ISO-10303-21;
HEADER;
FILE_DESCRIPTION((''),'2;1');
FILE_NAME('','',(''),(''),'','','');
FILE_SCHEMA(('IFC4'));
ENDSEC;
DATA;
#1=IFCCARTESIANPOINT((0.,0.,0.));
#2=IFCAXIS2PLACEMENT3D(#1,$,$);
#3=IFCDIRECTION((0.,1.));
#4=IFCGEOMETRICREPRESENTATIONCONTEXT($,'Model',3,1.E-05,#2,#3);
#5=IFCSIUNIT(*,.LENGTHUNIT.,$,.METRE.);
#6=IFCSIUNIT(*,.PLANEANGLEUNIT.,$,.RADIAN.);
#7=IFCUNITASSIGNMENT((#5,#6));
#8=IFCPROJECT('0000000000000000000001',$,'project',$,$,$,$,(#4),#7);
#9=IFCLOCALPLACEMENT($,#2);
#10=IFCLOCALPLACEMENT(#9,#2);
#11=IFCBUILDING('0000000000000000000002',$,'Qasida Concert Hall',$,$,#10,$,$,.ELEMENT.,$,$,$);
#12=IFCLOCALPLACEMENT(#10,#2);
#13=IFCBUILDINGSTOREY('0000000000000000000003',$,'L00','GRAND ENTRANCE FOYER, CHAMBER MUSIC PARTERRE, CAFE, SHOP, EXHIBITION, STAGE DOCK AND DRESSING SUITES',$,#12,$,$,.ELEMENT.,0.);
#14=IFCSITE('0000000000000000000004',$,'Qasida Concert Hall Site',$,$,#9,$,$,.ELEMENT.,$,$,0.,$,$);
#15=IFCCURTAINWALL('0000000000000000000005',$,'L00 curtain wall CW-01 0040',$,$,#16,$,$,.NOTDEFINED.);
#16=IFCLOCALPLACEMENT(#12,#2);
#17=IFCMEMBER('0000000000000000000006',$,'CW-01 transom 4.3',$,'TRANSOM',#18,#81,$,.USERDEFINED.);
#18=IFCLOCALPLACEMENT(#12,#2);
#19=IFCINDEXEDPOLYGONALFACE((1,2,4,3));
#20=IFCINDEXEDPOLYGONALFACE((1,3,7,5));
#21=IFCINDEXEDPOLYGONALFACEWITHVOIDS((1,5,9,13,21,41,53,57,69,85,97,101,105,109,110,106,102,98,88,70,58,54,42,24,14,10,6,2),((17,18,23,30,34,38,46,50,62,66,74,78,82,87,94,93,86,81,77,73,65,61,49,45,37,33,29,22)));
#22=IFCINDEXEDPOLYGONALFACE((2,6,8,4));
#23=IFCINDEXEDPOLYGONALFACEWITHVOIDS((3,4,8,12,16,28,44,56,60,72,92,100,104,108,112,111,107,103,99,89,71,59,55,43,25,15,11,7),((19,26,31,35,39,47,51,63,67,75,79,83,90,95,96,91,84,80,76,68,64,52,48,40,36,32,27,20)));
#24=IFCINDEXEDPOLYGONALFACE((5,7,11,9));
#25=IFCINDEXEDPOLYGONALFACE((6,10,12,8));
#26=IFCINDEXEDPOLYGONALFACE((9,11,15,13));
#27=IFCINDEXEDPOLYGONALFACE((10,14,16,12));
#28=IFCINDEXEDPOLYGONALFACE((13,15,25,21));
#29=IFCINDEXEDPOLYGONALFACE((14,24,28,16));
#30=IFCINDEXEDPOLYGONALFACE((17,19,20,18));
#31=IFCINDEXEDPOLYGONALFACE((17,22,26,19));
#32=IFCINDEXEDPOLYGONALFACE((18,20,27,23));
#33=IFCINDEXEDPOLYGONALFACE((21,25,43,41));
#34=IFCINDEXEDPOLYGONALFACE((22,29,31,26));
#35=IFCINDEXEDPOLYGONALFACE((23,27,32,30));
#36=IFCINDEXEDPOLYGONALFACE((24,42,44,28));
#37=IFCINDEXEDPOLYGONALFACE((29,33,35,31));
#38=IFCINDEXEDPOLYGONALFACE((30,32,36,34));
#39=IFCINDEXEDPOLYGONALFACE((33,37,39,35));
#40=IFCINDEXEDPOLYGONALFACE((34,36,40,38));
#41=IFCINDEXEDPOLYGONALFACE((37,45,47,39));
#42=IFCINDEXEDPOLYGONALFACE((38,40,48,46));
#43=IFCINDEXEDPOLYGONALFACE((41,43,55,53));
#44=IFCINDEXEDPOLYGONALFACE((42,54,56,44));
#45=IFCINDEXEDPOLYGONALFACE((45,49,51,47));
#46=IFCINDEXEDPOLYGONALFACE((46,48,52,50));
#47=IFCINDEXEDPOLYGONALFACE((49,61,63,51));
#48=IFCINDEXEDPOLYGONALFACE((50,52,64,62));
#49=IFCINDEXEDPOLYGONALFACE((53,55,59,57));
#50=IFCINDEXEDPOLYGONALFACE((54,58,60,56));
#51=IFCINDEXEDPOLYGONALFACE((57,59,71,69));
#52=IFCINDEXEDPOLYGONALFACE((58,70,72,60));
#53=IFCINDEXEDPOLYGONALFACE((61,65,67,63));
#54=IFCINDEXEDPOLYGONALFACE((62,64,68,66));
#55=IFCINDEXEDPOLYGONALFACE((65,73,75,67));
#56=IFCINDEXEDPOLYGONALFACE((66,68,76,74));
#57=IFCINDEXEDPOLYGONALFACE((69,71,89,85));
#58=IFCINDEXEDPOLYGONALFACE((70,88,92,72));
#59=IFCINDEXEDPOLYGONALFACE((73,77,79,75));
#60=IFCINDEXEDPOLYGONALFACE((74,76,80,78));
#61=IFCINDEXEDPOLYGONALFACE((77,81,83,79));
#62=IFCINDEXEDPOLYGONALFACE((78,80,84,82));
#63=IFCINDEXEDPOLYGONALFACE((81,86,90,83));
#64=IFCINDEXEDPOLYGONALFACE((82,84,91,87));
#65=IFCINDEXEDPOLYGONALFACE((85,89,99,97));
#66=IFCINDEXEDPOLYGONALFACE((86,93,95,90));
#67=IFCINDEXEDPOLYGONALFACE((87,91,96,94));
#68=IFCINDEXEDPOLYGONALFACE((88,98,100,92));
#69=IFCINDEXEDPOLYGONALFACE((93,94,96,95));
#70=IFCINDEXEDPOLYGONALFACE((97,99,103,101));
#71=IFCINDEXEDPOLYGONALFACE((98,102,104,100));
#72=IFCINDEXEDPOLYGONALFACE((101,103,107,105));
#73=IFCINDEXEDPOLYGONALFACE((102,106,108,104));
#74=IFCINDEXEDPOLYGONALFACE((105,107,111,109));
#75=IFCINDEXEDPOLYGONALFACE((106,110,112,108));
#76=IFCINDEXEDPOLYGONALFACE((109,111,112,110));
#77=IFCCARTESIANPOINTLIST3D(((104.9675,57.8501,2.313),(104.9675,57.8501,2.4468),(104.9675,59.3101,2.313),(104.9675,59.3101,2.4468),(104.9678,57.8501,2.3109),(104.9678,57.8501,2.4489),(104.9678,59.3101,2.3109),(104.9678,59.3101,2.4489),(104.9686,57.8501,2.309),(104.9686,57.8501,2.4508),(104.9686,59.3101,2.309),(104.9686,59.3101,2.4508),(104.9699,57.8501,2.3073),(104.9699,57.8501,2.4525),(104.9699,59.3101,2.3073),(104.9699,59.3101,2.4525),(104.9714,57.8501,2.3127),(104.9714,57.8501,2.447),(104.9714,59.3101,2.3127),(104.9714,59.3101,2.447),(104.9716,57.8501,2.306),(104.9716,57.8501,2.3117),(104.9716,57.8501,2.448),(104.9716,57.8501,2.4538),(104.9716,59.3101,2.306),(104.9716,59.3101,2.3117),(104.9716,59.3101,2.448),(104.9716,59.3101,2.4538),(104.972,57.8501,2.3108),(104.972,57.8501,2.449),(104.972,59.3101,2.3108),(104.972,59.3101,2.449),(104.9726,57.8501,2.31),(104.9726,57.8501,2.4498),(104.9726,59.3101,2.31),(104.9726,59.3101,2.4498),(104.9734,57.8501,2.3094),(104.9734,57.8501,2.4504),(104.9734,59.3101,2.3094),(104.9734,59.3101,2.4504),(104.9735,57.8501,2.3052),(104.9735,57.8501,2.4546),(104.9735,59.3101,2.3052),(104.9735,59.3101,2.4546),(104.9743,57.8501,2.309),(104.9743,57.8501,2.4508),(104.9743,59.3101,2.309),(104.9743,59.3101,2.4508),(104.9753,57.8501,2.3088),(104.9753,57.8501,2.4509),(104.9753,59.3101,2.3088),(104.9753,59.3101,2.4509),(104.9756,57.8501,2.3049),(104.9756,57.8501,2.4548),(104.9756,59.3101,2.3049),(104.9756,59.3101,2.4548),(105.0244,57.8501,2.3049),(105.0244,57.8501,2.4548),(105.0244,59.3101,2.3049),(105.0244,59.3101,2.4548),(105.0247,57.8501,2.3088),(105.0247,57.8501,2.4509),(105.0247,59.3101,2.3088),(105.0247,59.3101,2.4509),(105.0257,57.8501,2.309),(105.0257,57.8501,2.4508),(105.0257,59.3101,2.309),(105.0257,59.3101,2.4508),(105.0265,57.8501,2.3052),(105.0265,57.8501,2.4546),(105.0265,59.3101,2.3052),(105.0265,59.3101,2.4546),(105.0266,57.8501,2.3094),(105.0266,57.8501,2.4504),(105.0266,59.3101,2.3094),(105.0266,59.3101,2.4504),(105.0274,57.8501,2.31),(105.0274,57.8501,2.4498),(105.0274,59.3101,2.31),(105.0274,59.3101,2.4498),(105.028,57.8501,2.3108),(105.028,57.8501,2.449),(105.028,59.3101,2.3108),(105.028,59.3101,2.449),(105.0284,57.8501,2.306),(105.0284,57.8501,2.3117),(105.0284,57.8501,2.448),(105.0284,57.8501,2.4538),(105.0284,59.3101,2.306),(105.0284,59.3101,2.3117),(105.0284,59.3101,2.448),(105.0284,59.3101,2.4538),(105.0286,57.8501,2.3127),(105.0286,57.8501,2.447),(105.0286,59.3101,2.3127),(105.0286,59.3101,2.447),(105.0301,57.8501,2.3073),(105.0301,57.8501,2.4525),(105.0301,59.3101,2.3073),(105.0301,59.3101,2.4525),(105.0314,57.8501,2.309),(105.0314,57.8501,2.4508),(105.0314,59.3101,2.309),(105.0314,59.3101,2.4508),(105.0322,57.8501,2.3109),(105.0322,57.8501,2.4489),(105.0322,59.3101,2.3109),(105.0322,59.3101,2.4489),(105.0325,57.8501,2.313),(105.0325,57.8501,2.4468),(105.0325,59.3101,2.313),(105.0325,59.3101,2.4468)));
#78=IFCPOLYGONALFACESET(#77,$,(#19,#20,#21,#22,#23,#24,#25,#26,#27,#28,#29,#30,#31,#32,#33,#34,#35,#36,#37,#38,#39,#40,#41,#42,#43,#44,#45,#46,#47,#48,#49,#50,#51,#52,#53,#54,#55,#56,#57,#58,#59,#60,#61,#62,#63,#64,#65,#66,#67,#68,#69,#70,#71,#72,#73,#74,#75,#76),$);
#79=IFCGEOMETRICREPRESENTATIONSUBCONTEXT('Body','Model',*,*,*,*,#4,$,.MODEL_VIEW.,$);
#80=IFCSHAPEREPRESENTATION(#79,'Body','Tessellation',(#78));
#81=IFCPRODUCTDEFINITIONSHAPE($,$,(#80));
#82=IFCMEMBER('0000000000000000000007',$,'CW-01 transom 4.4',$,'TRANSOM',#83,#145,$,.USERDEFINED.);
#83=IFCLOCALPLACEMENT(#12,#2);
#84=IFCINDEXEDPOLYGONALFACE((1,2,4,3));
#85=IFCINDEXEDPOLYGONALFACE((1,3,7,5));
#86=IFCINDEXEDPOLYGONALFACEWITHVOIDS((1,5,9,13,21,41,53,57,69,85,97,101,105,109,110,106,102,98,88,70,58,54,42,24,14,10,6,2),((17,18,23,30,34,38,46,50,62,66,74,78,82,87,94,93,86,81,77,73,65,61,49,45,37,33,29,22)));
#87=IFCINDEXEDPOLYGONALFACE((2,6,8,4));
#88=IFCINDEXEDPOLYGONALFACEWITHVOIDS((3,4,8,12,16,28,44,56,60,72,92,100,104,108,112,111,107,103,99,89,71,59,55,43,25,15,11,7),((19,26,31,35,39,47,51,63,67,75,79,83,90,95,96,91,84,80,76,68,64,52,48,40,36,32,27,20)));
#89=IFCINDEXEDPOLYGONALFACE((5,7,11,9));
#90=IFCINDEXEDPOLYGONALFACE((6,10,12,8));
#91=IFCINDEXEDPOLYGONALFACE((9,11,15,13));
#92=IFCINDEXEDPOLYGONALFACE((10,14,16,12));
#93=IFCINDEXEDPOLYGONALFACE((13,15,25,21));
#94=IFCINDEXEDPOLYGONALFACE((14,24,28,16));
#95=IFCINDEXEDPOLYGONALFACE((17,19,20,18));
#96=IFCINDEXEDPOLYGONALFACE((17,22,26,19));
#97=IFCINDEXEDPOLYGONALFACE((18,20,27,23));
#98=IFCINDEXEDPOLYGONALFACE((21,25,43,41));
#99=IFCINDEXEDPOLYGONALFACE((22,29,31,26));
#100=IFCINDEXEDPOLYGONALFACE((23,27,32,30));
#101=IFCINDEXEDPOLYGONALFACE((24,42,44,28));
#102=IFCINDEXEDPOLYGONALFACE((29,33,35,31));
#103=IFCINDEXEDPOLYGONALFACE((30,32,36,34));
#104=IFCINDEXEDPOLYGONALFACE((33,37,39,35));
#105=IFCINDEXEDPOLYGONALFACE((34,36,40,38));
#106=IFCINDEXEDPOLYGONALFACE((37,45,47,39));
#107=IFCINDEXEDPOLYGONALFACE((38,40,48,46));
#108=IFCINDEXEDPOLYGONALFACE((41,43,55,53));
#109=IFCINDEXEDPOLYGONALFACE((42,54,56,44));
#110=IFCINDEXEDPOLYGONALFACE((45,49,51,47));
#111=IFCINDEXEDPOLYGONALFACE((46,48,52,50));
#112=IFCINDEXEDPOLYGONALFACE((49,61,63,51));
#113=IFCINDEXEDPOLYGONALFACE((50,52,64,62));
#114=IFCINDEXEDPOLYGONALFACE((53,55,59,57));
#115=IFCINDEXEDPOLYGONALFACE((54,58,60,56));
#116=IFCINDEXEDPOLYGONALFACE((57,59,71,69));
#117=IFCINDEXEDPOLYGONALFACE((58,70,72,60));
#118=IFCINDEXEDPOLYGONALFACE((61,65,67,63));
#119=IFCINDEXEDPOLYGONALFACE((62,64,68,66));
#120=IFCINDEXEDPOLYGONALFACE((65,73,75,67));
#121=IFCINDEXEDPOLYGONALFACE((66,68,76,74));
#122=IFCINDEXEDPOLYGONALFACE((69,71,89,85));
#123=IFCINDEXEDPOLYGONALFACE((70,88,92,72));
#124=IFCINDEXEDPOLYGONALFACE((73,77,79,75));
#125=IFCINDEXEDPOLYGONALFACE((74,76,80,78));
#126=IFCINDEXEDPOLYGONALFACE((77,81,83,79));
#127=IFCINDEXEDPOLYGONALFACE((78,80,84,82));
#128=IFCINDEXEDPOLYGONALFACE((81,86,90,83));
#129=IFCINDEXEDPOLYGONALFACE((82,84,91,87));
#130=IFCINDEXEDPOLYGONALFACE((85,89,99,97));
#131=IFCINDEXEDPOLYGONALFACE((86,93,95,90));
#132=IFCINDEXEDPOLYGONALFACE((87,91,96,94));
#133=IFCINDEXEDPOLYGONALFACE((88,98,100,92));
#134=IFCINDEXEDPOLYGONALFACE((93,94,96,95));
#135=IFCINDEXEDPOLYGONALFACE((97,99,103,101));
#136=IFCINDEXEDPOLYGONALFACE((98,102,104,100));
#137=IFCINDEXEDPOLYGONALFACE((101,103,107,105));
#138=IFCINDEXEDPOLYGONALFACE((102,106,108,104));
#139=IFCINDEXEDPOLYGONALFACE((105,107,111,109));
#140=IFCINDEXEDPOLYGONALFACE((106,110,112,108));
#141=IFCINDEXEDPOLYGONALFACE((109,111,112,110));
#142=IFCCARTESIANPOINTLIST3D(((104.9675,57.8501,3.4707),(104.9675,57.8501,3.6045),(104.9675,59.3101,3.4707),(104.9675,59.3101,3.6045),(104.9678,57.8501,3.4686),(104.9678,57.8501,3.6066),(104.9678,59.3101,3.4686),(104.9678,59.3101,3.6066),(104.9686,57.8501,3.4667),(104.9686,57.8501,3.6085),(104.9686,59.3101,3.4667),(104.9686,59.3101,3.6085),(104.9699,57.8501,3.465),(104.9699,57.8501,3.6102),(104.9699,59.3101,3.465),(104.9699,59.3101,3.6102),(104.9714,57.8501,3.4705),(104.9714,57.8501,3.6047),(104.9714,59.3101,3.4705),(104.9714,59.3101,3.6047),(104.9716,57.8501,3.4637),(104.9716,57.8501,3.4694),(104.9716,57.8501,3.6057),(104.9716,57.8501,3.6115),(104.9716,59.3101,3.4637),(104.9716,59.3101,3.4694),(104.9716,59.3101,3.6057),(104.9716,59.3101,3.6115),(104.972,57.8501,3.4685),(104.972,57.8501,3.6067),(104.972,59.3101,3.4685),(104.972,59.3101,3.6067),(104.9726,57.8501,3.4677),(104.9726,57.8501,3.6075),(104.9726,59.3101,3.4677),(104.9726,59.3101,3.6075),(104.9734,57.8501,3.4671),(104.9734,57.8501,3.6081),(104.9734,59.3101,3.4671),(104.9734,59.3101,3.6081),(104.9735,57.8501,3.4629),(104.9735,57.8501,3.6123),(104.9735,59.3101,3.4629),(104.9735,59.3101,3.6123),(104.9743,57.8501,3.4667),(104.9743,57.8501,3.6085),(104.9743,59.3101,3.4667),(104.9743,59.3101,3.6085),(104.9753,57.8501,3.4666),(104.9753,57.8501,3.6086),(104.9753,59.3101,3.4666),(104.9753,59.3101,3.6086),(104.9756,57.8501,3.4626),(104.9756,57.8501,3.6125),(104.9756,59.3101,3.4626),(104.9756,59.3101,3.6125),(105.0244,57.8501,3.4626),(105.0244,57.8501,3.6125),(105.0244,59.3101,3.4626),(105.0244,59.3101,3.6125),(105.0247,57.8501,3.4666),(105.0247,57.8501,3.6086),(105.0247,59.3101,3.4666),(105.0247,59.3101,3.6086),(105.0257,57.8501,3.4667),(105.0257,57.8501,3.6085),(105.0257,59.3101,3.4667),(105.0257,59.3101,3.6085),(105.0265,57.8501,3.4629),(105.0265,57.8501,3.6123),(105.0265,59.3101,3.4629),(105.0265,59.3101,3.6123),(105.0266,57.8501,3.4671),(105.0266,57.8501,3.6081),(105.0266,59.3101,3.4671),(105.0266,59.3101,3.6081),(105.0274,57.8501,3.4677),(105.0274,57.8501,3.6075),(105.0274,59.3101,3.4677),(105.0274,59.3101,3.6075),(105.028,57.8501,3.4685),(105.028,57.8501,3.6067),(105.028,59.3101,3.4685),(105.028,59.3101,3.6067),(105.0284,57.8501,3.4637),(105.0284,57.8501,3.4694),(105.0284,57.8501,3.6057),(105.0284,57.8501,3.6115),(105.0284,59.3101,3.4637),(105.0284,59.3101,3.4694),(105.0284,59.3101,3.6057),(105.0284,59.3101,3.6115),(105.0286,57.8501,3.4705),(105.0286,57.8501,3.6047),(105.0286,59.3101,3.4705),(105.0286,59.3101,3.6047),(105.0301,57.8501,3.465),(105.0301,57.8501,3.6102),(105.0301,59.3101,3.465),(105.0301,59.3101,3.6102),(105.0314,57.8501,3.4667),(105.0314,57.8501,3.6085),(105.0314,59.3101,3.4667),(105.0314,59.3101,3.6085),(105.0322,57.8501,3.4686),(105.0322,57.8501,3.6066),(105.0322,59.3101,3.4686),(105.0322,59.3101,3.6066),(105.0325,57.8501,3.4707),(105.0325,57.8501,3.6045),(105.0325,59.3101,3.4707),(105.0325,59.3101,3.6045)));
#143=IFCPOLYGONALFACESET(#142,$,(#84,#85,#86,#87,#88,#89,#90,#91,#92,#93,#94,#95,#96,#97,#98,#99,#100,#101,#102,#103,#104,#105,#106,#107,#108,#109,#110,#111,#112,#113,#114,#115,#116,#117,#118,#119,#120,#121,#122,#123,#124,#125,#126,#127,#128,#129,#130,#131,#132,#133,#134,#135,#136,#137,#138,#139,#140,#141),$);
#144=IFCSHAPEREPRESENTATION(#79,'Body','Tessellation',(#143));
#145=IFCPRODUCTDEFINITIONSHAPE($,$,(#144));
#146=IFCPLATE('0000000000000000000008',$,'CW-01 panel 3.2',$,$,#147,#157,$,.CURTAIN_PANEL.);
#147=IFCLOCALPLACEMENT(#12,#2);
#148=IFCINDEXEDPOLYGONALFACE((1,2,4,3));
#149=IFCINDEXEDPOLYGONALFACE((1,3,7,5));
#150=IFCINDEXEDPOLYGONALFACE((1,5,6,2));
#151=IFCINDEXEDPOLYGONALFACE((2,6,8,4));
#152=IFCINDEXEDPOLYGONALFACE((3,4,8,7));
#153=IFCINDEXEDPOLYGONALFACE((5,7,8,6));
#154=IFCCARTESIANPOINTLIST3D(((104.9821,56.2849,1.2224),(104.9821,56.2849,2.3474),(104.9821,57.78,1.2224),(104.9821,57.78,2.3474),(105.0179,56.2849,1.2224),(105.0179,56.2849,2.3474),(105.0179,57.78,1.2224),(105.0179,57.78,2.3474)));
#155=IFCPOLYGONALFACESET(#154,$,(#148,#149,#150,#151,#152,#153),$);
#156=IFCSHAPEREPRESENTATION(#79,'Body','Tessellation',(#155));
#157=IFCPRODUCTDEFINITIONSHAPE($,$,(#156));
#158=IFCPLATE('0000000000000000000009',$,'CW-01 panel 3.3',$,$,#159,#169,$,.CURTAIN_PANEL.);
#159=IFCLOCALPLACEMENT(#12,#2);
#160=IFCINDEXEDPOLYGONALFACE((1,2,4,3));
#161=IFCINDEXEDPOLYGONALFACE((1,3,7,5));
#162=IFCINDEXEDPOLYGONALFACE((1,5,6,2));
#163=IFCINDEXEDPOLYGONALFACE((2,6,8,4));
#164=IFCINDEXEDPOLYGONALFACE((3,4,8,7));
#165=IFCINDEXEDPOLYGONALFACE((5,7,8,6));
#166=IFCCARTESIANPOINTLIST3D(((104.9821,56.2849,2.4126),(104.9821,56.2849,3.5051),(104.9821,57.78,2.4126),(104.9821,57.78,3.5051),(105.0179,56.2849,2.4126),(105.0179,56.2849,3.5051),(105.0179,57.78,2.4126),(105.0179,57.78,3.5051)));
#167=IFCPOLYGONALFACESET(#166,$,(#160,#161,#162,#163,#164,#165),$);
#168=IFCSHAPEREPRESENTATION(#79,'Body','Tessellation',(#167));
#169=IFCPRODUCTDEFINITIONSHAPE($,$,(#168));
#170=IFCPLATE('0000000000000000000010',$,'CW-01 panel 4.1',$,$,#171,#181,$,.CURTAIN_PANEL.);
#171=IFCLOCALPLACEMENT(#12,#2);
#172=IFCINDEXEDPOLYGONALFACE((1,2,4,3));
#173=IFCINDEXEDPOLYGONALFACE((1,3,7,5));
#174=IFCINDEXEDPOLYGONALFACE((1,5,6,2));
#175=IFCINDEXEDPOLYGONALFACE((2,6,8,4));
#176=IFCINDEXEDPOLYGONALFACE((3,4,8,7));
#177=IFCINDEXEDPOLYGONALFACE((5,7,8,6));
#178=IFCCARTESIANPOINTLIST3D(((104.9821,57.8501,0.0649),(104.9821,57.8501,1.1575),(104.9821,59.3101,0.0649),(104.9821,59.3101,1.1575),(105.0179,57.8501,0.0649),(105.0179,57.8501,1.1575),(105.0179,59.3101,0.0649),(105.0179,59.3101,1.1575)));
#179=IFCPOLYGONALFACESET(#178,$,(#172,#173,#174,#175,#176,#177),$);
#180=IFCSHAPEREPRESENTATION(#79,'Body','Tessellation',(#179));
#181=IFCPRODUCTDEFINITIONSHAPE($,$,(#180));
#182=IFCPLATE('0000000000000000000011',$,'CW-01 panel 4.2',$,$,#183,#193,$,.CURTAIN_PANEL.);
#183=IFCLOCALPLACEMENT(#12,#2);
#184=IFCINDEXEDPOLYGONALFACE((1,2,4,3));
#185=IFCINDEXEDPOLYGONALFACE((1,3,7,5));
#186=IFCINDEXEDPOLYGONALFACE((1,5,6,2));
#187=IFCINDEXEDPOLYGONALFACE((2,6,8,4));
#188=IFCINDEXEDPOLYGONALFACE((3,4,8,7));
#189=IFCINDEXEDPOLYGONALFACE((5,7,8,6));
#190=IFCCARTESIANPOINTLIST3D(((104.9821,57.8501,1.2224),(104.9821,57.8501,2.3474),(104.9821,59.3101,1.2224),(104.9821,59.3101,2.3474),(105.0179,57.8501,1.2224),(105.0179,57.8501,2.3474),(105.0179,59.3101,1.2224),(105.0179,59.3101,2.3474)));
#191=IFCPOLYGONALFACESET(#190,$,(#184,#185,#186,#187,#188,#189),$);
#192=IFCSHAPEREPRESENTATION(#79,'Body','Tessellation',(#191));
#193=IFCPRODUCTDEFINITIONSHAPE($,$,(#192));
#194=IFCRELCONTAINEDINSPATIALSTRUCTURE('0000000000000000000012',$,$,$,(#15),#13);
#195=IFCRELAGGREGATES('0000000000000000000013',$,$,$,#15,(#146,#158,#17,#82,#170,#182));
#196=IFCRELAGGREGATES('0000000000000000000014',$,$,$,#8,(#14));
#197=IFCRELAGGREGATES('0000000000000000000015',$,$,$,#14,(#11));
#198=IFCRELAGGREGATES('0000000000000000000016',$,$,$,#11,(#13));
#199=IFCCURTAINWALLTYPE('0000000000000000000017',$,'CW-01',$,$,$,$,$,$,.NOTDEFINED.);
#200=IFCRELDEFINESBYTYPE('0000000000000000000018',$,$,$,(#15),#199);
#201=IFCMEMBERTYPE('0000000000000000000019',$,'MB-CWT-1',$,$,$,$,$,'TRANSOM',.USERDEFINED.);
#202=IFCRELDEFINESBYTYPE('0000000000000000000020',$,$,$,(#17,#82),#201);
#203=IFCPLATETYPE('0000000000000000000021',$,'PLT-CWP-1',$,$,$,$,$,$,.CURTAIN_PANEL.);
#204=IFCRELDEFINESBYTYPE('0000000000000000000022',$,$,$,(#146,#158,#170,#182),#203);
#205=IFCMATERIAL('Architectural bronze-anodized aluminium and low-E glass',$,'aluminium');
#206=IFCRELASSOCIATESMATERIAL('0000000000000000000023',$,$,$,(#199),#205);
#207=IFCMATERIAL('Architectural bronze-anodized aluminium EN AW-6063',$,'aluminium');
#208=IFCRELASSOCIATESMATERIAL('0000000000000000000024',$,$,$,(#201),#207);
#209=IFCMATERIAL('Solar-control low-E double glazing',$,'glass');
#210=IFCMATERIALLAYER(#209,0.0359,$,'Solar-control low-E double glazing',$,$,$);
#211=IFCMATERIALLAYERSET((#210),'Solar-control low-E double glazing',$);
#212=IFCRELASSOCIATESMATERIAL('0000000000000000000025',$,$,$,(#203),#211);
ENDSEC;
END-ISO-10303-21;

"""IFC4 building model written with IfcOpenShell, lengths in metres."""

from ifc_helpers import new_model, si_unit, direction, frame, origin, origin_2d, place, context, subcontext, project, spatial, rectangle, hollow_rectangle, extrude, material, layer, layer_set, material_profile, profile_set, type_object, element, aggregate, save


model = new_model("IFC4")

# Units and contexts
model_context = context("Model", 3, precision=1e-05, world=origin(), true_north=direction((0.0, 1.0)))
body_context = subcontext(model_context, "Body", "Model", "MODEL_VIEW")
ifc_project = project(units=[si_unit("LENGTHUNIT", "METRE"), si_unit("PLANEANGLEUNIT", "RADIAN")], contexts=[model_context])

# Site, building, storey
site_placement = place(None, origin())
site = spatial("IfcSite", under=ifc_project, at=site_placement, Name="Qasida Concert Hall Site", CompositionType="ELEMENT", RefElevation=0.0)
building_placement = place(site_placement, origin())
building = spatial("IfcBuilding", under=site, at=building_placement, Name="Qasida Concert Hall", CompositionType="ELEMENT")
storey_placement = place(building_placement, origin())
storey = spatial("IfcBuildingStorey", under=building, at=storey_placement, Name="L00", Description="GRAND ENTRANCE FOYER, CHAMBER MUSIC PARTERRE, CAFE, SHOP, EXHIBITION, STAGE DOCK AND DRESSING SUITES", CompositionType="ELEMENT", Elevation=0.0)

# Curtain wall, members, plates
ifc_material_1 = material(Name="Architectural bronze-anodized aluminium and low-E glass", Category="aluminium")
curtain_wall_type = type_object("IfcCurtainWallType", Name="CW-01", PredefinedType="NOTDEFINED", material=ifc_material_1)
curtain_wall_placement = place(storey_placement, origin())
curtain_wall = element("IfcCurtainWall", 1, at=curtain_wall_placement, inside=storey, type_object=curtain_wall_type, Name="L00 curtain wall CW-01 0040", PredefinedType="NOTDEFINED")
ifc_material_2 = material(Name="Architectural bronze-anodized aluminium EN AW-6063", Category="aluminium")
ifc_material_profile_1 = material_profile(ifc_material_2, hollow_rectangle(XDim=0.0649, YDim=0.1499, WallThickness=0.0039, InnerFilletRadius=0.0039, OuterFilletRadius=0.0081, at=origin_2d()), Name="CWT 150x65x4")
ifc_profile_set_1 = profile_set([ifc_material_profile_1], Name="Architectural bronze-anodized aluminium EN AW-6063")
member_type_1 = type_object("IfcMemberType", Name="MB-CWT-1", ElementType="TRANSOM", PredefinedType="USERDEFINED", material=ifc_profile_set_1)
member_1_placement = place(storey_placement, frame((105.0, 57.8501, 2.3799), z_axis=(0.0, 1.0, 0.0), x_axis=(-1.0, 0.0, 0.0)))
member_1 = element("IfcMember", 2, at=member_1_placement, type_object=member_type_1, Name="CW-01 transom 4.3", ObjectType="TRANSOM", PredefinedType="USERDEFINED", context=body_context, shape_type="SweptSolid", body=[
    extrude(hollow_rectangle(XDim=0.0649, YDim=0.1499, WallThickness=0.0039, InnerFilletRadius=0.0039, OuterFilletRadius=0.0081, at=origin_2d()), origin(), (0.0, 0.0, 1.0), 1.46),
])
member_2_placement = place(storey_placement, frame((105.0, 57.8501, 3.5376), z_axis=(0.0, 1.0, 0.0), x_axis=(-1.0, 0.0, 0.0)))
member_2 = element("IfcMember", 3, at=member_2_placement, type_object=member_type_1, Name="CW-01 transom 4.4", ObjectType="TRANSOM", PredefinedType="USERDEFINED", context=body_context, shape_type="SweptSolid", body=[
    extrude(hollow_rectangle(XDim=0.0649, YDim=0.1499, WallThickness=0.0039, InnerFilletRadius=0.0039, OuterFilletRadius=0.0081, at=origin_2d()), origin(), (0.0, 0.0, 1.0), 1.46),
])
ifc_material_3 = material(Name="Solar-control low-E double glazing", Category="glass")
ifc_layer_1 = layer(ifc_material_3, 0.0359, Name="Solar-control low-E double glazing")
ifc_layer_set_1 = layer_set([ifc_layer_1], Name="Solar-control low-E double glazing")
plate_type = type_object("IfcPlateType", Name="PLT-CWP-1", PredefinedType="CURTAIN_PANEL", material=ifc_layer_set_1)
plate_1_placement = place(storey_placement, frame((105.0, 57.0325, 1.2224), z_axis=(0.0, 0.0, 1.0), x_axis=(0.0, 1.0, 0.0)))
plate_1 = element("IfcPlate", 4, at=plate_1_placement, type_object=plate_type, Name="CW-01 panel 3.2", PredefinedType="CURTAIN_PANEL", context=body_context, shape_type="SweptSolid", body=[
    extrude(rectangle(XDim=1.4951, YDim=0.0359, at=origin_2d()), origin(), (0.0, 0.0, 1.0), 1.125),
])
plate_2_placement = place(storey_placement, frame((105.0, 57.0325, 2.4126), z_axis=(0.0, 0.0, 1.0), x_axis=(0.0, 1.0, 0.0)))
plate_2 = element("IfcPlate", 5, at=plate_2_placement, type_object=plate_type, Name="CW-01 panel 3.3", PredefinedType="CURTAIN_PANEL", context=body_context, shape_type="SweptSolid", body=[
    extrude(rectangle(XDim=1.4951, YDim=0.0359, at=origin_2d()), origin(), (0.0, 0.0, 1.0), 1.0925),
])
plate_3_placement = place(storey_placement, frame((105.0, 58.5801, 0.0649), z_axis=(0.0, 0.0, 1.0), x_axis=(0.0, 1.0, 0.0)))
plate_3 = element("IfcPlate", 6, at=plate_3_placement, type_object=plate_type, Name="CW-01 panel 4.1", PredefinedType="CURTAIN_PANEL", context=body_context, shape_type="SweptSolid", body=[
    extrude(rectangle(XDim=1.46, YDim=0.0359, at=origin_2d()), origin(), (0.0, 0.0, 1.0), 1.0925),
])
plate_4_placement = place(storey_placement, frame((105.0, 58.5801, 1.2224), z_axis=(0.0, 0.0, 1.0), x_axis=(0.0, 1.0, 0.0)))
plate_4 = element("IfcPlate", 7, at=plate_4_placement, type_object=plate_type, Name="CW-01 panel 4.2", PredefinedType="CURTAIN_PANEL", context=body_context, shape_type="SweptSolid", body=[
    extrude(rectangle(XDim=1.46, YDim=0.0359, at=origin_2d()), origin(), (0.0, 0.0, 1.0), 1.125),
])
aggregate(curtain_wall, [plate_1, plate_2, member_1, member_2, plate_3, plate_4])

save(model, "model.ifc")
